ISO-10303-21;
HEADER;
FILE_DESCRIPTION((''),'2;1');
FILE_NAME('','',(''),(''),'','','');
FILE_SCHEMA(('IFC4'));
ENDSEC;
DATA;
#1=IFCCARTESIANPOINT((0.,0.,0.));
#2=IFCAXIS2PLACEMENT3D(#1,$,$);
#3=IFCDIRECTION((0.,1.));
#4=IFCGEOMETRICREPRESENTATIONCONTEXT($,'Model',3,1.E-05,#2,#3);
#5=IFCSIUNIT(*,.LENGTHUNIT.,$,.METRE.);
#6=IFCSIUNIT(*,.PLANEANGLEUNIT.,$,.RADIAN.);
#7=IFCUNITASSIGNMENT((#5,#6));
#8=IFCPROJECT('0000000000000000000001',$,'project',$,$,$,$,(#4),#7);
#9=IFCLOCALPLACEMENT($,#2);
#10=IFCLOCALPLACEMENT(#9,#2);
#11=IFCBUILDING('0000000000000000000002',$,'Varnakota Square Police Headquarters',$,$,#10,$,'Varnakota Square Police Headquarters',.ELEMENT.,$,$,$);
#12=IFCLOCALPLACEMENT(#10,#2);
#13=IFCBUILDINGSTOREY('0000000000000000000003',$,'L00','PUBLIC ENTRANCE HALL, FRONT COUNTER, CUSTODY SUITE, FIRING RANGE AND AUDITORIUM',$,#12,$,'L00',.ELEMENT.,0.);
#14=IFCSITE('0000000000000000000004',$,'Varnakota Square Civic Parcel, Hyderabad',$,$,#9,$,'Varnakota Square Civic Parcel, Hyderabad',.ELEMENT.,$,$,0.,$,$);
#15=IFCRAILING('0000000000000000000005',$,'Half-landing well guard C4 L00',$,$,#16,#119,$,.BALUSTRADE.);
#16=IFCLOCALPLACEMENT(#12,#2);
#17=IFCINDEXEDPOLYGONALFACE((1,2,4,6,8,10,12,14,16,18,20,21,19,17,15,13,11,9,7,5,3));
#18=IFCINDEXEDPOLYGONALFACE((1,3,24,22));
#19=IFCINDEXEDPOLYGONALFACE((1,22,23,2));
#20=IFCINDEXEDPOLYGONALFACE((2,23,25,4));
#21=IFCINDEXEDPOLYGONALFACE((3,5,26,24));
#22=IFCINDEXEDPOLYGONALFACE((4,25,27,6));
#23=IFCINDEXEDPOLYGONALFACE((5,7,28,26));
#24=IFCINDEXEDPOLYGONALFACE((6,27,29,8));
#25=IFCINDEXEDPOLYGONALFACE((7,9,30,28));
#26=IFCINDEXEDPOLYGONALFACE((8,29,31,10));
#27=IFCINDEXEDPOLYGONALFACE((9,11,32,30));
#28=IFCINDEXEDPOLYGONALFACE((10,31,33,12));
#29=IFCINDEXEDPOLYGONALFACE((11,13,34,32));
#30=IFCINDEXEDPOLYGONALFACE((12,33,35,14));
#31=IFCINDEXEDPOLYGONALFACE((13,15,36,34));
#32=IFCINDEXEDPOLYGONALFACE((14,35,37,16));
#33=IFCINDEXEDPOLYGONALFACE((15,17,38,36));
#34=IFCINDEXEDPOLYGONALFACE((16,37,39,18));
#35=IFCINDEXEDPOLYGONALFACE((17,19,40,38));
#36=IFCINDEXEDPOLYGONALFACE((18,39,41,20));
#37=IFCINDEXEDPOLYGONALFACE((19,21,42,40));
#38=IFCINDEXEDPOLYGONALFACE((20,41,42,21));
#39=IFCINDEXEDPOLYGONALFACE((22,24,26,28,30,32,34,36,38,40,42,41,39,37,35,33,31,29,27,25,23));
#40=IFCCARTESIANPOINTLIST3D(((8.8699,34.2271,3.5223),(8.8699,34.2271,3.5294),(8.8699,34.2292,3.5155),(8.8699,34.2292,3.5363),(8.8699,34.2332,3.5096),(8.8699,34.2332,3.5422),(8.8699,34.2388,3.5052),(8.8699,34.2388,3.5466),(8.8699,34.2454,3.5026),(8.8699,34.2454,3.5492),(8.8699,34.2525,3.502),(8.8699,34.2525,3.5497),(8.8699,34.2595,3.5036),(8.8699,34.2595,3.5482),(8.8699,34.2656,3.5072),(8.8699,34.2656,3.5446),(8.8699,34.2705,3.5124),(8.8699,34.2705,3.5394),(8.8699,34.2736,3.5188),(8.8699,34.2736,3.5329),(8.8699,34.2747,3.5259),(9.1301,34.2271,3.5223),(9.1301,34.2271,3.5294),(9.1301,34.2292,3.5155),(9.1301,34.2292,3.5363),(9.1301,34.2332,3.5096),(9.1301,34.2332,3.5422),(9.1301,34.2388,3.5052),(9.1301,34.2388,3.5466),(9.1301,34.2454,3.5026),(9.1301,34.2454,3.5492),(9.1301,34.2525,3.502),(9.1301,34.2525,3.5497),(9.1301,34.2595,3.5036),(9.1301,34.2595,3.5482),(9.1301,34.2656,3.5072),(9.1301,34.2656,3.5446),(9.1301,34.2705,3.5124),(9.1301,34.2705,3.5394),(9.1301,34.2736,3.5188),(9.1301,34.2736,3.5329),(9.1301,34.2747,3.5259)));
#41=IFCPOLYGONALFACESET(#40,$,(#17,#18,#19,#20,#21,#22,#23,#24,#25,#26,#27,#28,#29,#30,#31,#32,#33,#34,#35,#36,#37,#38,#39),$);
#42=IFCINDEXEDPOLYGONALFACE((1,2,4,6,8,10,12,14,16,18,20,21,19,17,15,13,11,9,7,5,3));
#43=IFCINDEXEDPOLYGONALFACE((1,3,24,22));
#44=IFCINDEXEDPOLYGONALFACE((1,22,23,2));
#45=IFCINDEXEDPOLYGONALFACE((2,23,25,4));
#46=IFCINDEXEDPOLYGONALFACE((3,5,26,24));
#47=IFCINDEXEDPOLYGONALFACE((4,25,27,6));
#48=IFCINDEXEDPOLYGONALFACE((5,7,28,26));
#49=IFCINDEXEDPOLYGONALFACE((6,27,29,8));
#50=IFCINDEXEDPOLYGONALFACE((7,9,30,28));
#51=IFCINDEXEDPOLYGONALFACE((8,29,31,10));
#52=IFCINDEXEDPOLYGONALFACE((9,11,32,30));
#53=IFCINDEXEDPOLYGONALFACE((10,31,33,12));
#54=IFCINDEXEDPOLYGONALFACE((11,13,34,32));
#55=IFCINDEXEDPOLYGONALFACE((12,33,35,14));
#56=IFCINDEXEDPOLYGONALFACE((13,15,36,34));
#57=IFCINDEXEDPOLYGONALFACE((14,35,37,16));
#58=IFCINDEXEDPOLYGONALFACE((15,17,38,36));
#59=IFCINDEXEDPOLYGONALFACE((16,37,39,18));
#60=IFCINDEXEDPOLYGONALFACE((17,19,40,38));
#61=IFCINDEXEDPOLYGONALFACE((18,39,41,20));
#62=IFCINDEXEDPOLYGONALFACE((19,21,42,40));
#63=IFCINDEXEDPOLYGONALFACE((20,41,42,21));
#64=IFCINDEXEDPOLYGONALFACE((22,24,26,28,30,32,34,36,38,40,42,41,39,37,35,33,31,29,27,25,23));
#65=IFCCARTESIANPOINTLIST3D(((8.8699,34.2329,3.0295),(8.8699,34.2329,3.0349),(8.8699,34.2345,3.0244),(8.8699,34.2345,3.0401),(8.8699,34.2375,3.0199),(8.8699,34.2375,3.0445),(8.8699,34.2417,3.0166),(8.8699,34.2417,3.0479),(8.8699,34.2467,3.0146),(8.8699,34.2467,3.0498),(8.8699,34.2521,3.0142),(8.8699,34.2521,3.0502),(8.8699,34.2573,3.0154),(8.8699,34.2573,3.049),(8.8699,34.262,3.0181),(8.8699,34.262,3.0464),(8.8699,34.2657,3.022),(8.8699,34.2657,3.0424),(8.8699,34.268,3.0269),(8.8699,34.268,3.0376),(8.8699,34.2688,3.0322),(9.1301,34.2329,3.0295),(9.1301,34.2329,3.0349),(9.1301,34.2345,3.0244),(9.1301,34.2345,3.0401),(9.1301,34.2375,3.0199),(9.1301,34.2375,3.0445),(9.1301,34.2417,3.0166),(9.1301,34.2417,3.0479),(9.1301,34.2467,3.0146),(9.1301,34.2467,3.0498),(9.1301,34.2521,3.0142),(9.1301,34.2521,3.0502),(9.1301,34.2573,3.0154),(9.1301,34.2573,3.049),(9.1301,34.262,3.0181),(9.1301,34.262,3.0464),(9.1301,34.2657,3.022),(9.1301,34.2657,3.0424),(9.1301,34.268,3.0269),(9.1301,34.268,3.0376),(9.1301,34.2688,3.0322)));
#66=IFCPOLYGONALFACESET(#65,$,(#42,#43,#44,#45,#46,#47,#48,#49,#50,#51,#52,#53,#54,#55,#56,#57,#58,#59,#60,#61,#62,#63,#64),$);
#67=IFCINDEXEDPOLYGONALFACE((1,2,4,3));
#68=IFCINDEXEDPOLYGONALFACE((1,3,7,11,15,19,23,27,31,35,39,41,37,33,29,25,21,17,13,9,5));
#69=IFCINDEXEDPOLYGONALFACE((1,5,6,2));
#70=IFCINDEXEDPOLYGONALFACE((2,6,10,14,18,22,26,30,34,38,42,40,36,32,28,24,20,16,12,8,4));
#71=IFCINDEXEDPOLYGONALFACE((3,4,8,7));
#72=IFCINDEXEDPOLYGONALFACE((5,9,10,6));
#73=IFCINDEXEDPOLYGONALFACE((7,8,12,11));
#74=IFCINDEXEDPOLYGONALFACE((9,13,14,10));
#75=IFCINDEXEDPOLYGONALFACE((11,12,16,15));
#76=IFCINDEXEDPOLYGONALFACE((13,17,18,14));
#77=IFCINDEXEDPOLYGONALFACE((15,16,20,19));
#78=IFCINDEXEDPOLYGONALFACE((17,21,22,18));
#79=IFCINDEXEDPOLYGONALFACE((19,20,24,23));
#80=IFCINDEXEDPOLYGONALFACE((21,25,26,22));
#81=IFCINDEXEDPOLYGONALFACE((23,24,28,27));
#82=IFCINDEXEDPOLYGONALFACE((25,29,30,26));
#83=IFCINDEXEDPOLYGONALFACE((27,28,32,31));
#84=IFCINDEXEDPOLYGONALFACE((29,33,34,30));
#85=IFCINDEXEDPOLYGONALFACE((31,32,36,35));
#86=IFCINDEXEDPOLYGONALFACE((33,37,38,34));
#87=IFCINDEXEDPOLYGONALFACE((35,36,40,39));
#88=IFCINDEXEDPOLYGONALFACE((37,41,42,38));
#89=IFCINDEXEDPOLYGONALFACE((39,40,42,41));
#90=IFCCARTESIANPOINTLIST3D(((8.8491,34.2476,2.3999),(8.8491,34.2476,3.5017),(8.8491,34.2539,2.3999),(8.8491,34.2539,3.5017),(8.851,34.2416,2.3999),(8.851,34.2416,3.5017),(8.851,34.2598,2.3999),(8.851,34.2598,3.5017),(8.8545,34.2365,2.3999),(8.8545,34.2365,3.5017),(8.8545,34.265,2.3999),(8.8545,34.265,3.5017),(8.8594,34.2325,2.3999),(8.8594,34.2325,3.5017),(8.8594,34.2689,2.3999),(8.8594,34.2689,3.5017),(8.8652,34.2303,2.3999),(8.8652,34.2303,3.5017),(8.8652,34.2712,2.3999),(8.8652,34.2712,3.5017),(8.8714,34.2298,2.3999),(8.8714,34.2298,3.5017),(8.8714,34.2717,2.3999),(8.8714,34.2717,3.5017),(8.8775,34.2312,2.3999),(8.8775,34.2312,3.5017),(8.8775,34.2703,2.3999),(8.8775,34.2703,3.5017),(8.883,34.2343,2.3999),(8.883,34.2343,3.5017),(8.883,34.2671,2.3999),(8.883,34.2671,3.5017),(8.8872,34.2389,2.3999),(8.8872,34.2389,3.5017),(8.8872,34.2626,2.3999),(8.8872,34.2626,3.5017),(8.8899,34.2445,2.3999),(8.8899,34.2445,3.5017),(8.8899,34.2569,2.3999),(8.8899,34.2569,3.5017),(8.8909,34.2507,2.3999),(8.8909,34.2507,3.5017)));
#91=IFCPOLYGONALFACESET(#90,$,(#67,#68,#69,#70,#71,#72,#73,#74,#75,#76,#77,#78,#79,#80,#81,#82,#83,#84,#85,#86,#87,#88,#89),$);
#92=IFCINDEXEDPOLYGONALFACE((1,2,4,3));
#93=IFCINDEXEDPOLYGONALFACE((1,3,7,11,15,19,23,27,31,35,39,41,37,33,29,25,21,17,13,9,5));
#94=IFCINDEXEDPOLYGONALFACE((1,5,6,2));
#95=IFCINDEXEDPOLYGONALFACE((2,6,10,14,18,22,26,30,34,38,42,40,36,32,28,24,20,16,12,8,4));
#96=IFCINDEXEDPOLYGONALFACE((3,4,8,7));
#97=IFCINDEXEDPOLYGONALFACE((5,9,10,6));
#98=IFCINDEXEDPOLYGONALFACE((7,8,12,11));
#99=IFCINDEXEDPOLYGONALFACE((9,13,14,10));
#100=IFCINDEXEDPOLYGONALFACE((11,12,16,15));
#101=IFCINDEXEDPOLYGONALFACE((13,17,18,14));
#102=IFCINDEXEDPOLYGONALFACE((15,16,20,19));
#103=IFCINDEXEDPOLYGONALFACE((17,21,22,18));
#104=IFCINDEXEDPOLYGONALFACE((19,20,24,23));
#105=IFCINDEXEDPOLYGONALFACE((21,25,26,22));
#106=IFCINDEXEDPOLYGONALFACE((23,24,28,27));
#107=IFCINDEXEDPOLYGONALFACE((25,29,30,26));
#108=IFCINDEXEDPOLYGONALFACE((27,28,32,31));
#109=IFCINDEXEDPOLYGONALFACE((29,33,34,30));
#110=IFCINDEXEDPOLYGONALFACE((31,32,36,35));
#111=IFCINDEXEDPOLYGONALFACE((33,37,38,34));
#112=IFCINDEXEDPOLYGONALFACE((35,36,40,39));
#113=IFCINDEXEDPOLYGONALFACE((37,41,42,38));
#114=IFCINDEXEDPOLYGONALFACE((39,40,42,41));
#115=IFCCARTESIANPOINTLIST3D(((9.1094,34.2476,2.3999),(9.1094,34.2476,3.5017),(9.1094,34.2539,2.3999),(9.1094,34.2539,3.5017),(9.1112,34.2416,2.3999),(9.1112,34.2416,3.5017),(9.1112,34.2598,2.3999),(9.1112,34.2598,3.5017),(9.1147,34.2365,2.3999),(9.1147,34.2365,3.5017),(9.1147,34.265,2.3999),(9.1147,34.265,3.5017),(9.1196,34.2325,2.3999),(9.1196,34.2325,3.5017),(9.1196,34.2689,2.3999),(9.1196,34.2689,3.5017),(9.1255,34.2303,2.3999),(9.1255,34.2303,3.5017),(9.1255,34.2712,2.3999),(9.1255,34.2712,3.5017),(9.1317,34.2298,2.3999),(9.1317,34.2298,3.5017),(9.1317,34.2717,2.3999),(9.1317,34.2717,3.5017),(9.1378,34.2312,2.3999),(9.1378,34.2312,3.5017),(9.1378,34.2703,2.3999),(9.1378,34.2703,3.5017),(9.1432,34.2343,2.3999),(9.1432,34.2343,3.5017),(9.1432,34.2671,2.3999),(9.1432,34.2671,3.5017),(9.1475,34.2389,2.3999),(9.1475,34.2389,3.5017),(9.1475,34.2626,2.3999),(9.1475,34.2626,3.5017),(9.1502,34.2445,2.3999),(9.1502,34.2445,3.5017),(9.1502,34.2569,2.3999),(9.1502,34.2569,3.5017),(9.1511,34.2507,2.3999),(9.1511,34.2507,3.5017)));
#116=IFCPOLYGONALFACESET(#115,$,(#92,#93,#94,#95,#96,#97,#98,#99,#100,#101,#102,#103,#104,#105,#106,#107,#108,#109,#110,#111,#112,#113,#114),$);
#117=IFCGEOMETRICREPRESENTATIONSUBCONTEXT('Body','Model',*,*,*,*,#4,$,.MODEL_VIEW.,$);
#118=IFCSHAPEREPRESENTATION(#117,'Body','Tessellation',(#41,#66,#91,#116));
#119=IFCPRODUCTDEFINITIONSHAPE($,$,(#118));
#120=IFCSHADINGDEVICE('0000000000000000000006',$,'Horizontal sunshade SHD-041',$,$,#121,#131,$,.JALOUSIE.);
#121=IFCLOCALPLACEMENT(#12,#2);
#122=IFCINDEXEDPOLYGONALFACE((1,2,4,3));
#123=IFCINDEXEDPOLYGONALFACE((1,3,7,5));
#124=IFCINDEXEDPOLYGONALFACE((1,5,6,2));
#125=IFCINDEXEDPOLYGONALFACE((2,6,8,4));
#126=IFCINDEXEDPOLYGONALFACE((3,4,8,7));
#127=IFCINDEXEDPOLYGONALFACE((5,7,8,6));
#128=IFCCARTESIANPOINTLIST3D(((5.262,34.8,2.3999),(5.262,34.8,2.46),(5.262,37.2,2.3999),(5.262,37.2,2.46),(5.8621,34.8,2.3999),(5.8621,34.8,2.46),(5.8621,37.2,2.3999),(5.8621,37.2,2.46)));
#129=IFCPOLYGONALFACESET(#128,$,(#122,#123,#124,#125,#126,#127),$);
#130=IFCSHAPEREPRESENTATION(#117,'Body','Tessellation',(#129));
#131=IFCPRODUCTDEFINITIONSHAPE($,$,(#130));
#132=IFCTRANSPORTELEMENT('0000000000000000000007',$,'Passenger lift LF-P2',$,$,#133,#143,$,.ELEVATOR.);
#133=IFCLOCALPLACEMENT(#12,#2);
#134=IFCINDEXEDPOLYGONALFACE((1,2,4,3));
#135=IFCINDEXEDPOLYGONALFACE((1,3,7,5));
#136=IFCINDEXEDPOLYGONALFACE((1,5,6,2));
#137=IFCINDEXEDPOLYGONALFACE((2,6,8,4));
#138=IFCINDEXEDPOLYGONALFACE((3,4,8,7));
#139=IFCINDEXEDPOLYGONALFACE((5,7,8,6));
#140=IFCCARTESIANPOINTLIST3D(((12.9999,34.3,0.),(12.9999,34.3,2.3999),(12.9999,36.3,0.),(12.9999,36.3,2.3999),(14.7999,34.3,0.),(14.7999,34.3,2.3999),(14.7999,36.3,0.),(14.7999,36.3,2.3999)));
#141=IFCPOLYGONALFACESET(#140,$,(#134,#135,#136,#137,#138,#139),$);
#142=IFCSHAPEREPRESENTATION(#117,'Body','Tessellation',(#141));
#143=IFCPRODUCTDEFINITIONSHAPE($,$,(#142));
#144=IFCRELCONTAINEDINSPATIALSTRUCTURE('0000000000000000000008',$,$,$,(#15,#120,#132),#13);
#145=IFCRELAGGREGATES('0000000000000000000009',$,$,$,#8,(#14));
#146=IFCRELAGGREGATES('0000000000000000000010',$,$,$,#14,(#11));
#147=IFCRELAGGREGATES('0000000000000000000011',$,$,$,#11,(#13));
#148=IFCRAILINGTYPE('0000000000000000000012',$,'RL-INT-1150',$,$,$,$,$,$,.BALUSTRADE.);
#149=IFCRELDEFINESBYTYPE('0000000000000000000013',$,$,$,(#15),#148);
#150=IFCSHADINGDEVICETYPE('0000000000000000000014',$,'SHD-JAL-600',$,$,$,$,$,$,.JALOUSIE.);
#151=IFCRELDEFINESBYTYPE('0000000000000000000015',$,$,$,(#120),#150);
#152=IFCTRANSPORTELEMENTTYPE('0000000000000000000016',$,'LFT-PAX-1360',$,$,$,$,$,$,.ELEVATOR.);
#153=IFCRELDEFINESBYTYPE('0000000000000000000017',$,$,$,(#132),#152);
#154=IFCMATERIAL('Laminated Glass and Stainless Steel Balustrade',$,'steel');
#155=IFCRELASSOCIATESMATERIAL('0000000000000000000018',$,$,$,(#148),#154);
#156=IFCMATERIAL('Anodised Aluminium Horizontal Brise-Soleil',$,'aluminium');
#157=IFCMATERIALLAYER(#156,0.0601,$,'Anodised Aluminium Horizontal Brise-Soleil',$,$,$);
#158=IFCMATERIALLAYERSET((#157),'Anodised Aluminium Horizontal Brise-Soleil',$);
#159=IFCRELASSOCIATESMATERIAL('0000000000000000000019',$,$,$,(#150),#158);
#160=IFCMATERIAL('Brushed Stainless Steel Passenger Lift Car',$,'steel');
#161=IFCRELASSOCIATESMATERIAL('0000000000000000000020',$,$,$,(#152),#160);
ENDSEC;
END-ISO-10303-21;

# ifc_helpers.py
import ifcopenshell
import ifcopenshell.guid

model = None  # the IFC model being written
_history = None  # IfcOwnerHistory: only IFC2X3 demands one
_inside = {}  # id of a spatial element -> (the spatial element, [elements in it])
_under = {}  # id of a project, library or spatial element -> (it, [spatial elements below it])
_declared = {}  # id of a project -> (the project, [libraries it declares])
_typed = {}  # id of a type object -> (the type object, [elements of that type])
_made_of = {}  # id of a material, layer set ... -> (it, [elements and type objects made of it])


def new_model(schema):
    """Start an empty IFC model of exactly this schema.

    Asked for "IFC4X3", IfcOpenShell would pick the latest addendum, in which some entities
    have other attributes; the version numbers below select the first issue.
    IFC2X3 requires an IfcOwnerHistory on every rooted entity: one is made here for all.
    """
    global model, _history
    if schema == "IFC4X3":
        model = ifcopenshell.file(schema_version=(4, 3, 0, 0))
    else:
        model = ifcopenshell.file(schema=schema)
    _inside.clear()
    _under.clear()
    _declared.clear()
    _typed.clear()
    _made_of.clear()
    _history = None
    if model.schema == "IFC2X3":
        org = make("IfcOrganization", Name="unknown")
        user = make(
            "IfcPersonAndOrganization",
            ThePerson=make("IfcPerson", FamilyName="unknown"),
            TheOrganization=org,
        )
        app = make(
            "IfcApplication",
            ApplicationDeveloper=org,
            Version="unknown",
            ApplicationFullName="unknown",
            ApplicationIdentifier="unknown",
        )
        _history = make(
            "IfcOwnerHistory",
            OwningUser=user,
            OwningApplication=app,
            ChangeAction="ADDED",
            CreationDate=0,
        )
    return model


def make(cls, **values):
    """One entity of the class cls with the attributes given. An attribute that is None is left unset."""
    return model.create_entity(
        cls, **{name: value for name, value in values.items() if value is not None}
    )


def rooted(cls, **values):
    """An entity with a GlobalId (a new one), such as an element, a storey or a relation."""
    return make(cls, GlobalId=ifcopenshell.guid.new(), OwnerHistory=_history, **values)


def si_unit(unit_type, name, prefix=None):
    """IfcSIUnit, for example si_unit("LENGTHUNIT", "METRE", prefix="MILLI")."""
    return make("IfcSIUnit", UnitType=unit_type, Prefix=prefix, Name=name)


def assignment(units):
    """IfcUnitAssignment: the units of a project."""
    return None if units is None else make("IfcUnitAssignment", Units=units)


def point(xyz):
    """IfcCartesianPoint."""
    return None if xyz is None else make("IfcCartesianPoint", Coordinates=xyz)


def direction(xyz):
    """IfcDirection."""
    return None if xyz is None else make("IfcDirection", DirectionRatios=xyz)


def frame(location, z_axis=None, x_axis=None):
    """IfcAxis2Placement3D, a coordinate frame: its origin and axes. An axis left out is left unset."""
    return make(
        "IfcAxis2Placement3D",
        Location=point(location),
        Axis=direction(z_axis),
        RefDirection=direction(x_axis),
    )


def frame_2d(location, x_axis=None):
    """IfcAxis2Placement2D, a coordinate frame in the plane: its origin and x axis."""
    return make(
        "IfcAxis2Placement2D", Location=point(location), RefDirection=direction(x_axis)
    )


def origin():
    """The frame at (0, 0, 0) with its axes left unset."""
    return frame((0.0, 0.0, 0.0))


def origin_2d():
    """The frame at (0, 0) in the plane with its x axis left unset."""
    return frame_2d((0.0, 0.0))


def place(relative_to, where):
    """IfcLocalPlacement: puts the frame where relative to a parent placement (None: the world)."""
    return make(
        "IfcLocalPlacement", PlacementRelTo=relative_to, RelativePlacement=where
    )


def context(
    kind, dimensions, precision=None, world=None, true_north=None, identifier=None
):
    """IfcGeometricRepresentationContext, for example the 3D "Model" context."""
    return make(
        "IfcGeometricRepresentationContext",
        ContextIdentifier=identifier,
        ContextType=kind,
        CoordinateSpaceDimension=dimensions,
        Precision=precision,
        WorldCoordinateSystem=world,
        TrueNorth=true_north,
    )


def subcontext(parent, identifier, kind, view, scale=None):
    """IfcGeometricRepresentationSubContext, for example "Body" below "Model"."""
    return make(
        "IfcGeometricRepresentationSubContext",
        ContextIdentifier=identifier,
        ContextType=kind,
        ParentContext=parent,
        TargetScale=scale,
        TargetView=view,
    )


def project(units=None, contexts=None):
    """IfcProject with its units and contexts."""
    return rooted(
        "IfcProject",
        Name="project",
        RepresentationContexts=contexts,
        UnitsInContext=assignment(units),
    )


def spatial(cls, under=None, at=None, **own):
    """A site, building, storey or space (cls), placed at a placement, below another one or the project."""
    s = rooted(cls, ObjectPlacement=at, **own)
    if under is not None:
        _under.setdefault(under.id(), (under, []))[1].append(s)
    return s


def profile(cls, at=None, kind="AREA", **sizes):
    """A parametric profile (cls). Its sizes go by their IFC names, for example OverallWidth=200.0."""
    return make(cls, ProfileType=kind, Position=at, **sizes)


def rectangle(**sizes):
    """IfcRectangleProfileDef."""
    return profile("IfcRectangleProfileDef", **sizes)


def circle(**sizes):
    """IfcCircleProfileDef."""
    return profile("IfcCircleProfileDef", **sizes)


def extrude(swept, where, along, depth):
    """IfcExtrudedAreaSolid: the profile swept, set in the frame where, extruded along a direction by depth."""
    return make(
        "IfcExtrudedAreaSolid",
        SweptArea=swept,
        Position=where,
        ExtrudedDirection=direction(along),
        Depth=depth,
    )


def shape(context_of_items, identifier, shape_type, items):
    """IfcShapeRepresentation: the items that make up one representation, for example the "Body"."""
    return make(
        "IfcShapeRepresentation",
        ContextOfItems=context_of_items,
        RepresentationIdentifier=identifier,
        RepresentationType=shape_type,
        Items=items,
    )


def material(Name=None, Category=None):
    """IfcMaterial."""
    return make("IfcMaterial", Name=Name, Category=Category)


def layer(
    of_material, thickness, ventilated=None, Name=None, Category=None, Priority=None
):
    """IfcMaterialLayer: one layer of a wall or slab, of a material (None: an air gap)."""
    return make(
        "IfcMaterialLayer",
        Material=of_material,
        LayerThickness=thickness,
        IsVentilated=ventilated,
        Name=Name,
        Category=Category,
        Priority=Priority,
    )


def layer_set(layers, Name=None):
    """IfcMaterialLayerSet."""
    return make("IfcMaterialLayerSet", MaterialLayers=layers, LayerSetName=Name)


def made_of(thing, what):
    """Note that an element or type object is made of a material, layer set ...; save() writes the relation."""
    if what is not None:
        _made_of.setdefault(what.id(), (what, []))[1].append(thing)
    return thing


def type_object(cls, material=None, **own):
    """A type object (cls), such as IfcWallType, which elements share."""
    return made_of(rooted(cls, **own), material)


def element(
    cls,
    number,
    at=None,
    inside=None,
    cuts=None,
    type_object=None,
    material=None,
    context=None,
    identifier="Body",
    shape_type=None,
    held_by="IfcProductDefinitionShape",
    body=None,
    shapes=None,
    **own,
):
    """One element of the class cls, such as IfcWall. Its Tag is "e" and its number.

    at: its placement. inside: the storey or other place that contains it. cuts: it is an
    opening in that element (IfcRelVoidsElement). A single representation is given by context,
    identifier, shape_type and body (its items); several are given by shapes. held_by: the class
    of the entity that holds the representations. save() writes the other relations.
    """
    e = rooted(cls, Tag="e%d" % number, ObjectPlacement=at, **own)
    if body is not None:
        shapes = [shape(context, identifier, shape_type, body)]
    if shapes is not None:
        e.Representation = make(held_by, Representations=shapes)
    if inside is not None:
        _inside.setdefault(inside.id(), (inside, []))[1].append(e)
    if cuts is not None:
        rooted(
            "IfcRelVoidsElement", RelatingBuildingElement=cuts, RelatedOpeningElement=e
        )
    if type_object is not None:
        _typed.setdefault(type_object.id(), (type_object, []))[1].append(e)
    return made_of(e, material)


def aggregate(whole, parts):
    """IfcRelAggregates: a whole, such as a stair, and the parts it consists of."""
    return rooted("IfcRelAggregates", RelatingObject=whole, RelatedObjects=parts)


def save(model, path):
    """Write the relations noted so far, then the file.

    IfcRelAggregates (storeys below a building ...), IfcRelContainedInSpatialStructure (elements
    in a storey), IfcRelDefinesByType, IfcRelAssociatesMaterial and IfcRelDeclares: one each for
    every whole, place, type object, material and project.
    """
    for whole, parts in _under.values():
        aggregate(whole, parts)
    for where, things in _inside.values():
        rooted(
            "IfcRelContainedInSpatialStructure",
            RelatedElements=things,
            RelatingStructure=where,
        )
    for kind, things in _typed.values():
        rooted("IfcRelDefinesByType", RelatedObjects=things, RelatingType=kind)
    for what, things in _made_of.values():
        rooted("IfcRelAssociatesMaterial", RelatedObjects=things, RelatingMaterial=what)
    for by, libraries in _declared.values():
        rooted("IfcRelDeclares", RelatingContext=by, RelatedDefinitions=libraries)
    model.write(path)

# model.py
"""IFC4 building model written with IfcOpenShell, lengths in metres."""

from ifc_helpers import new_model, si_unit, direction, frame, origin, origin_2d, place, context, subcontext, project, spatial, rectangle, circle, extrude, material, layer, layer_set, type_object, element, save


model = new_model("IFC4")

# Units and contexts
model_context = context("Model", 3, precision=1e-05, world=origin(), true_north=direction((0.0, 1.0)))
body_context = subcontext(model_context, "Body", "Model", "MODEL_VIEW")
ifc_project = project(units=[si_unit("LENGTHUNIT", "METRE"), si_unit("PLANEANGLEUNIT", "RADIAN")], contexts=[model_context])

# Site, building, storey
site_placement = place(None, origin())
site = spatial("IfcSite", under=ifc_project, at=site_placement, Name="Varnakota Square Civic Parcel, Hyderabad", LongName="Varnakota Square Civic Parcel, Hyderabad", CompositionType="ELEMENT", RefElevation=0.0)
building_placement = place(site_placement, origin())
building = spatial("IfcBuilding", under=site, at=building_placement, Name="Varnakota Square Police Headquarters", LongName="Varnakota Square Police Headquarters", CompositionType="ELEMENT")
storey_placement = place(building_placement, origin())
storey = spatial("IfcBuildingStorey", under=building, at=storey_placement, Name="L00", Description="PUBLIC ENTRANCE HALL, FRONT COUNTER, CUSTODY SUITE, FIRING RANGE AND AUDITORIUM", LongName="L00", CompositionType="ELEMENT", Elevation=0.0)

# Railing
ifc_material_1 = material(Name="Laminated Glass and Stainless Steel Balustrade", Category="steel")
railing_type_1 = type_object("IfcRailingType", Name="RL-INT-1150", PredefinedType="BALUSTRADE", material=ifc_material_1)
railing_1_placement = place(storey_placement, frame((8.8699, 34.2507, 2.3999)))
element("IfcRailing", 1, at=railing_1_placement, inside=storey, type_object=railing_type_1, Name="Half-landing well guard C4 L00", PredefinedType="BALUSTRADE", context=body_context, shape_type="SweptSolid", body=[
    extrude(circle(Radius=0.0239, at=origin_2d()), frame((0.0, 0.0, 1.126), z_axis=(1.0, 0.0, 0.0), x_axis=(0.0, 1.0, 0.0)), (0.0, 0.0, 1.0), 0.2603),
    extrude(circle(Radius=0.0181, at=origin_2d()), frame((0.0, 0.0, 0.6323), z_axis=(1.0, 0.0, 0.0), x_axis=(0.0, 1.0, 0.0)), (0.0, 0.0, 1.0), 0.2603),
    extrude(circle(Radius=0.021, at=origin_2d()), origin(), (0.0, 0.0, 1.0), 1.1018),
    extrude(circle(Radius=0.021, at=origin_2d()), frame((0.2603, 0.0, 0.0)), (0.0, 0.0, 1.0), 1.1018),
])

# Shading device
ifc_material_2 = material(Name="Anodised Aluminium Horizontal Brise-Soleil", Category="aluminium")
ifc_layer_1 = layer(ifc_material_2, 0.0601, Name="Anodised Aluminium Horizontal Brise-Soleil")
ifc_layer_set_1 = layer_set([ifc_layer_1], Name="Anodised Aluminium Horizontal Brise-Soleil")
shading_device_type = type_object("IfcShadingDeviceType", Name="SHD-JAL-600", PredefinedType="JALOUSIE", material=ifc_layer_set_1)
shading_device_placement = place(storey_placement, frame((5.562, 36.0, 2.3999), z_axis=(0.0, 0.0, 1.0), x_axis=(0.0, 1.0, 0.0)))
element("IfcShadingDevice", 2, at=shading_device_placement, inside=storey, type_object=shading_device_type, Name="Horizontal sunshade SHD-041", PredefinedType="JALOUSIE", context=body_context, shape_type="SweptSolid", body=[
    extrude(rectangle(XDim=2.3999, YDim=0.6001, at=origin_2d()), origin(), (0.0, 0.0, 1.0), 0.0601),
])

# Transport element
ifc_material_3 = material(Name="Brushed Stainless Steel Passenger Lift Car", Category="steel")
transport_element_type = type_object("IfcTransportElementType", Name="LFT-PAX-1360", PredefinedType="ELEVATOR", material=ifc_material_3)
transport_element_placement = place(storey_placement, frame((13.8999, 35.3, 0.0), z_axis=(0.0, 0.0, 1.0), x_axis=(1.0, 0.0, 0.0)))
element("IfcTransportElement", 3, at=transport_element_placement, inside=storey, type_object=transport_element_type, Name="Passenger lift LF-P2", PredefinedType="ELEVATOR", context=body_context, shape_type="SweptSolid", body=[
    extrude(rectangle(XDim=1.8, YDim=2.0, at=origin_2d()), origin(), (0.0, 0.0, 1.0), 2.3999),
])

save(model, "model.ifc")
